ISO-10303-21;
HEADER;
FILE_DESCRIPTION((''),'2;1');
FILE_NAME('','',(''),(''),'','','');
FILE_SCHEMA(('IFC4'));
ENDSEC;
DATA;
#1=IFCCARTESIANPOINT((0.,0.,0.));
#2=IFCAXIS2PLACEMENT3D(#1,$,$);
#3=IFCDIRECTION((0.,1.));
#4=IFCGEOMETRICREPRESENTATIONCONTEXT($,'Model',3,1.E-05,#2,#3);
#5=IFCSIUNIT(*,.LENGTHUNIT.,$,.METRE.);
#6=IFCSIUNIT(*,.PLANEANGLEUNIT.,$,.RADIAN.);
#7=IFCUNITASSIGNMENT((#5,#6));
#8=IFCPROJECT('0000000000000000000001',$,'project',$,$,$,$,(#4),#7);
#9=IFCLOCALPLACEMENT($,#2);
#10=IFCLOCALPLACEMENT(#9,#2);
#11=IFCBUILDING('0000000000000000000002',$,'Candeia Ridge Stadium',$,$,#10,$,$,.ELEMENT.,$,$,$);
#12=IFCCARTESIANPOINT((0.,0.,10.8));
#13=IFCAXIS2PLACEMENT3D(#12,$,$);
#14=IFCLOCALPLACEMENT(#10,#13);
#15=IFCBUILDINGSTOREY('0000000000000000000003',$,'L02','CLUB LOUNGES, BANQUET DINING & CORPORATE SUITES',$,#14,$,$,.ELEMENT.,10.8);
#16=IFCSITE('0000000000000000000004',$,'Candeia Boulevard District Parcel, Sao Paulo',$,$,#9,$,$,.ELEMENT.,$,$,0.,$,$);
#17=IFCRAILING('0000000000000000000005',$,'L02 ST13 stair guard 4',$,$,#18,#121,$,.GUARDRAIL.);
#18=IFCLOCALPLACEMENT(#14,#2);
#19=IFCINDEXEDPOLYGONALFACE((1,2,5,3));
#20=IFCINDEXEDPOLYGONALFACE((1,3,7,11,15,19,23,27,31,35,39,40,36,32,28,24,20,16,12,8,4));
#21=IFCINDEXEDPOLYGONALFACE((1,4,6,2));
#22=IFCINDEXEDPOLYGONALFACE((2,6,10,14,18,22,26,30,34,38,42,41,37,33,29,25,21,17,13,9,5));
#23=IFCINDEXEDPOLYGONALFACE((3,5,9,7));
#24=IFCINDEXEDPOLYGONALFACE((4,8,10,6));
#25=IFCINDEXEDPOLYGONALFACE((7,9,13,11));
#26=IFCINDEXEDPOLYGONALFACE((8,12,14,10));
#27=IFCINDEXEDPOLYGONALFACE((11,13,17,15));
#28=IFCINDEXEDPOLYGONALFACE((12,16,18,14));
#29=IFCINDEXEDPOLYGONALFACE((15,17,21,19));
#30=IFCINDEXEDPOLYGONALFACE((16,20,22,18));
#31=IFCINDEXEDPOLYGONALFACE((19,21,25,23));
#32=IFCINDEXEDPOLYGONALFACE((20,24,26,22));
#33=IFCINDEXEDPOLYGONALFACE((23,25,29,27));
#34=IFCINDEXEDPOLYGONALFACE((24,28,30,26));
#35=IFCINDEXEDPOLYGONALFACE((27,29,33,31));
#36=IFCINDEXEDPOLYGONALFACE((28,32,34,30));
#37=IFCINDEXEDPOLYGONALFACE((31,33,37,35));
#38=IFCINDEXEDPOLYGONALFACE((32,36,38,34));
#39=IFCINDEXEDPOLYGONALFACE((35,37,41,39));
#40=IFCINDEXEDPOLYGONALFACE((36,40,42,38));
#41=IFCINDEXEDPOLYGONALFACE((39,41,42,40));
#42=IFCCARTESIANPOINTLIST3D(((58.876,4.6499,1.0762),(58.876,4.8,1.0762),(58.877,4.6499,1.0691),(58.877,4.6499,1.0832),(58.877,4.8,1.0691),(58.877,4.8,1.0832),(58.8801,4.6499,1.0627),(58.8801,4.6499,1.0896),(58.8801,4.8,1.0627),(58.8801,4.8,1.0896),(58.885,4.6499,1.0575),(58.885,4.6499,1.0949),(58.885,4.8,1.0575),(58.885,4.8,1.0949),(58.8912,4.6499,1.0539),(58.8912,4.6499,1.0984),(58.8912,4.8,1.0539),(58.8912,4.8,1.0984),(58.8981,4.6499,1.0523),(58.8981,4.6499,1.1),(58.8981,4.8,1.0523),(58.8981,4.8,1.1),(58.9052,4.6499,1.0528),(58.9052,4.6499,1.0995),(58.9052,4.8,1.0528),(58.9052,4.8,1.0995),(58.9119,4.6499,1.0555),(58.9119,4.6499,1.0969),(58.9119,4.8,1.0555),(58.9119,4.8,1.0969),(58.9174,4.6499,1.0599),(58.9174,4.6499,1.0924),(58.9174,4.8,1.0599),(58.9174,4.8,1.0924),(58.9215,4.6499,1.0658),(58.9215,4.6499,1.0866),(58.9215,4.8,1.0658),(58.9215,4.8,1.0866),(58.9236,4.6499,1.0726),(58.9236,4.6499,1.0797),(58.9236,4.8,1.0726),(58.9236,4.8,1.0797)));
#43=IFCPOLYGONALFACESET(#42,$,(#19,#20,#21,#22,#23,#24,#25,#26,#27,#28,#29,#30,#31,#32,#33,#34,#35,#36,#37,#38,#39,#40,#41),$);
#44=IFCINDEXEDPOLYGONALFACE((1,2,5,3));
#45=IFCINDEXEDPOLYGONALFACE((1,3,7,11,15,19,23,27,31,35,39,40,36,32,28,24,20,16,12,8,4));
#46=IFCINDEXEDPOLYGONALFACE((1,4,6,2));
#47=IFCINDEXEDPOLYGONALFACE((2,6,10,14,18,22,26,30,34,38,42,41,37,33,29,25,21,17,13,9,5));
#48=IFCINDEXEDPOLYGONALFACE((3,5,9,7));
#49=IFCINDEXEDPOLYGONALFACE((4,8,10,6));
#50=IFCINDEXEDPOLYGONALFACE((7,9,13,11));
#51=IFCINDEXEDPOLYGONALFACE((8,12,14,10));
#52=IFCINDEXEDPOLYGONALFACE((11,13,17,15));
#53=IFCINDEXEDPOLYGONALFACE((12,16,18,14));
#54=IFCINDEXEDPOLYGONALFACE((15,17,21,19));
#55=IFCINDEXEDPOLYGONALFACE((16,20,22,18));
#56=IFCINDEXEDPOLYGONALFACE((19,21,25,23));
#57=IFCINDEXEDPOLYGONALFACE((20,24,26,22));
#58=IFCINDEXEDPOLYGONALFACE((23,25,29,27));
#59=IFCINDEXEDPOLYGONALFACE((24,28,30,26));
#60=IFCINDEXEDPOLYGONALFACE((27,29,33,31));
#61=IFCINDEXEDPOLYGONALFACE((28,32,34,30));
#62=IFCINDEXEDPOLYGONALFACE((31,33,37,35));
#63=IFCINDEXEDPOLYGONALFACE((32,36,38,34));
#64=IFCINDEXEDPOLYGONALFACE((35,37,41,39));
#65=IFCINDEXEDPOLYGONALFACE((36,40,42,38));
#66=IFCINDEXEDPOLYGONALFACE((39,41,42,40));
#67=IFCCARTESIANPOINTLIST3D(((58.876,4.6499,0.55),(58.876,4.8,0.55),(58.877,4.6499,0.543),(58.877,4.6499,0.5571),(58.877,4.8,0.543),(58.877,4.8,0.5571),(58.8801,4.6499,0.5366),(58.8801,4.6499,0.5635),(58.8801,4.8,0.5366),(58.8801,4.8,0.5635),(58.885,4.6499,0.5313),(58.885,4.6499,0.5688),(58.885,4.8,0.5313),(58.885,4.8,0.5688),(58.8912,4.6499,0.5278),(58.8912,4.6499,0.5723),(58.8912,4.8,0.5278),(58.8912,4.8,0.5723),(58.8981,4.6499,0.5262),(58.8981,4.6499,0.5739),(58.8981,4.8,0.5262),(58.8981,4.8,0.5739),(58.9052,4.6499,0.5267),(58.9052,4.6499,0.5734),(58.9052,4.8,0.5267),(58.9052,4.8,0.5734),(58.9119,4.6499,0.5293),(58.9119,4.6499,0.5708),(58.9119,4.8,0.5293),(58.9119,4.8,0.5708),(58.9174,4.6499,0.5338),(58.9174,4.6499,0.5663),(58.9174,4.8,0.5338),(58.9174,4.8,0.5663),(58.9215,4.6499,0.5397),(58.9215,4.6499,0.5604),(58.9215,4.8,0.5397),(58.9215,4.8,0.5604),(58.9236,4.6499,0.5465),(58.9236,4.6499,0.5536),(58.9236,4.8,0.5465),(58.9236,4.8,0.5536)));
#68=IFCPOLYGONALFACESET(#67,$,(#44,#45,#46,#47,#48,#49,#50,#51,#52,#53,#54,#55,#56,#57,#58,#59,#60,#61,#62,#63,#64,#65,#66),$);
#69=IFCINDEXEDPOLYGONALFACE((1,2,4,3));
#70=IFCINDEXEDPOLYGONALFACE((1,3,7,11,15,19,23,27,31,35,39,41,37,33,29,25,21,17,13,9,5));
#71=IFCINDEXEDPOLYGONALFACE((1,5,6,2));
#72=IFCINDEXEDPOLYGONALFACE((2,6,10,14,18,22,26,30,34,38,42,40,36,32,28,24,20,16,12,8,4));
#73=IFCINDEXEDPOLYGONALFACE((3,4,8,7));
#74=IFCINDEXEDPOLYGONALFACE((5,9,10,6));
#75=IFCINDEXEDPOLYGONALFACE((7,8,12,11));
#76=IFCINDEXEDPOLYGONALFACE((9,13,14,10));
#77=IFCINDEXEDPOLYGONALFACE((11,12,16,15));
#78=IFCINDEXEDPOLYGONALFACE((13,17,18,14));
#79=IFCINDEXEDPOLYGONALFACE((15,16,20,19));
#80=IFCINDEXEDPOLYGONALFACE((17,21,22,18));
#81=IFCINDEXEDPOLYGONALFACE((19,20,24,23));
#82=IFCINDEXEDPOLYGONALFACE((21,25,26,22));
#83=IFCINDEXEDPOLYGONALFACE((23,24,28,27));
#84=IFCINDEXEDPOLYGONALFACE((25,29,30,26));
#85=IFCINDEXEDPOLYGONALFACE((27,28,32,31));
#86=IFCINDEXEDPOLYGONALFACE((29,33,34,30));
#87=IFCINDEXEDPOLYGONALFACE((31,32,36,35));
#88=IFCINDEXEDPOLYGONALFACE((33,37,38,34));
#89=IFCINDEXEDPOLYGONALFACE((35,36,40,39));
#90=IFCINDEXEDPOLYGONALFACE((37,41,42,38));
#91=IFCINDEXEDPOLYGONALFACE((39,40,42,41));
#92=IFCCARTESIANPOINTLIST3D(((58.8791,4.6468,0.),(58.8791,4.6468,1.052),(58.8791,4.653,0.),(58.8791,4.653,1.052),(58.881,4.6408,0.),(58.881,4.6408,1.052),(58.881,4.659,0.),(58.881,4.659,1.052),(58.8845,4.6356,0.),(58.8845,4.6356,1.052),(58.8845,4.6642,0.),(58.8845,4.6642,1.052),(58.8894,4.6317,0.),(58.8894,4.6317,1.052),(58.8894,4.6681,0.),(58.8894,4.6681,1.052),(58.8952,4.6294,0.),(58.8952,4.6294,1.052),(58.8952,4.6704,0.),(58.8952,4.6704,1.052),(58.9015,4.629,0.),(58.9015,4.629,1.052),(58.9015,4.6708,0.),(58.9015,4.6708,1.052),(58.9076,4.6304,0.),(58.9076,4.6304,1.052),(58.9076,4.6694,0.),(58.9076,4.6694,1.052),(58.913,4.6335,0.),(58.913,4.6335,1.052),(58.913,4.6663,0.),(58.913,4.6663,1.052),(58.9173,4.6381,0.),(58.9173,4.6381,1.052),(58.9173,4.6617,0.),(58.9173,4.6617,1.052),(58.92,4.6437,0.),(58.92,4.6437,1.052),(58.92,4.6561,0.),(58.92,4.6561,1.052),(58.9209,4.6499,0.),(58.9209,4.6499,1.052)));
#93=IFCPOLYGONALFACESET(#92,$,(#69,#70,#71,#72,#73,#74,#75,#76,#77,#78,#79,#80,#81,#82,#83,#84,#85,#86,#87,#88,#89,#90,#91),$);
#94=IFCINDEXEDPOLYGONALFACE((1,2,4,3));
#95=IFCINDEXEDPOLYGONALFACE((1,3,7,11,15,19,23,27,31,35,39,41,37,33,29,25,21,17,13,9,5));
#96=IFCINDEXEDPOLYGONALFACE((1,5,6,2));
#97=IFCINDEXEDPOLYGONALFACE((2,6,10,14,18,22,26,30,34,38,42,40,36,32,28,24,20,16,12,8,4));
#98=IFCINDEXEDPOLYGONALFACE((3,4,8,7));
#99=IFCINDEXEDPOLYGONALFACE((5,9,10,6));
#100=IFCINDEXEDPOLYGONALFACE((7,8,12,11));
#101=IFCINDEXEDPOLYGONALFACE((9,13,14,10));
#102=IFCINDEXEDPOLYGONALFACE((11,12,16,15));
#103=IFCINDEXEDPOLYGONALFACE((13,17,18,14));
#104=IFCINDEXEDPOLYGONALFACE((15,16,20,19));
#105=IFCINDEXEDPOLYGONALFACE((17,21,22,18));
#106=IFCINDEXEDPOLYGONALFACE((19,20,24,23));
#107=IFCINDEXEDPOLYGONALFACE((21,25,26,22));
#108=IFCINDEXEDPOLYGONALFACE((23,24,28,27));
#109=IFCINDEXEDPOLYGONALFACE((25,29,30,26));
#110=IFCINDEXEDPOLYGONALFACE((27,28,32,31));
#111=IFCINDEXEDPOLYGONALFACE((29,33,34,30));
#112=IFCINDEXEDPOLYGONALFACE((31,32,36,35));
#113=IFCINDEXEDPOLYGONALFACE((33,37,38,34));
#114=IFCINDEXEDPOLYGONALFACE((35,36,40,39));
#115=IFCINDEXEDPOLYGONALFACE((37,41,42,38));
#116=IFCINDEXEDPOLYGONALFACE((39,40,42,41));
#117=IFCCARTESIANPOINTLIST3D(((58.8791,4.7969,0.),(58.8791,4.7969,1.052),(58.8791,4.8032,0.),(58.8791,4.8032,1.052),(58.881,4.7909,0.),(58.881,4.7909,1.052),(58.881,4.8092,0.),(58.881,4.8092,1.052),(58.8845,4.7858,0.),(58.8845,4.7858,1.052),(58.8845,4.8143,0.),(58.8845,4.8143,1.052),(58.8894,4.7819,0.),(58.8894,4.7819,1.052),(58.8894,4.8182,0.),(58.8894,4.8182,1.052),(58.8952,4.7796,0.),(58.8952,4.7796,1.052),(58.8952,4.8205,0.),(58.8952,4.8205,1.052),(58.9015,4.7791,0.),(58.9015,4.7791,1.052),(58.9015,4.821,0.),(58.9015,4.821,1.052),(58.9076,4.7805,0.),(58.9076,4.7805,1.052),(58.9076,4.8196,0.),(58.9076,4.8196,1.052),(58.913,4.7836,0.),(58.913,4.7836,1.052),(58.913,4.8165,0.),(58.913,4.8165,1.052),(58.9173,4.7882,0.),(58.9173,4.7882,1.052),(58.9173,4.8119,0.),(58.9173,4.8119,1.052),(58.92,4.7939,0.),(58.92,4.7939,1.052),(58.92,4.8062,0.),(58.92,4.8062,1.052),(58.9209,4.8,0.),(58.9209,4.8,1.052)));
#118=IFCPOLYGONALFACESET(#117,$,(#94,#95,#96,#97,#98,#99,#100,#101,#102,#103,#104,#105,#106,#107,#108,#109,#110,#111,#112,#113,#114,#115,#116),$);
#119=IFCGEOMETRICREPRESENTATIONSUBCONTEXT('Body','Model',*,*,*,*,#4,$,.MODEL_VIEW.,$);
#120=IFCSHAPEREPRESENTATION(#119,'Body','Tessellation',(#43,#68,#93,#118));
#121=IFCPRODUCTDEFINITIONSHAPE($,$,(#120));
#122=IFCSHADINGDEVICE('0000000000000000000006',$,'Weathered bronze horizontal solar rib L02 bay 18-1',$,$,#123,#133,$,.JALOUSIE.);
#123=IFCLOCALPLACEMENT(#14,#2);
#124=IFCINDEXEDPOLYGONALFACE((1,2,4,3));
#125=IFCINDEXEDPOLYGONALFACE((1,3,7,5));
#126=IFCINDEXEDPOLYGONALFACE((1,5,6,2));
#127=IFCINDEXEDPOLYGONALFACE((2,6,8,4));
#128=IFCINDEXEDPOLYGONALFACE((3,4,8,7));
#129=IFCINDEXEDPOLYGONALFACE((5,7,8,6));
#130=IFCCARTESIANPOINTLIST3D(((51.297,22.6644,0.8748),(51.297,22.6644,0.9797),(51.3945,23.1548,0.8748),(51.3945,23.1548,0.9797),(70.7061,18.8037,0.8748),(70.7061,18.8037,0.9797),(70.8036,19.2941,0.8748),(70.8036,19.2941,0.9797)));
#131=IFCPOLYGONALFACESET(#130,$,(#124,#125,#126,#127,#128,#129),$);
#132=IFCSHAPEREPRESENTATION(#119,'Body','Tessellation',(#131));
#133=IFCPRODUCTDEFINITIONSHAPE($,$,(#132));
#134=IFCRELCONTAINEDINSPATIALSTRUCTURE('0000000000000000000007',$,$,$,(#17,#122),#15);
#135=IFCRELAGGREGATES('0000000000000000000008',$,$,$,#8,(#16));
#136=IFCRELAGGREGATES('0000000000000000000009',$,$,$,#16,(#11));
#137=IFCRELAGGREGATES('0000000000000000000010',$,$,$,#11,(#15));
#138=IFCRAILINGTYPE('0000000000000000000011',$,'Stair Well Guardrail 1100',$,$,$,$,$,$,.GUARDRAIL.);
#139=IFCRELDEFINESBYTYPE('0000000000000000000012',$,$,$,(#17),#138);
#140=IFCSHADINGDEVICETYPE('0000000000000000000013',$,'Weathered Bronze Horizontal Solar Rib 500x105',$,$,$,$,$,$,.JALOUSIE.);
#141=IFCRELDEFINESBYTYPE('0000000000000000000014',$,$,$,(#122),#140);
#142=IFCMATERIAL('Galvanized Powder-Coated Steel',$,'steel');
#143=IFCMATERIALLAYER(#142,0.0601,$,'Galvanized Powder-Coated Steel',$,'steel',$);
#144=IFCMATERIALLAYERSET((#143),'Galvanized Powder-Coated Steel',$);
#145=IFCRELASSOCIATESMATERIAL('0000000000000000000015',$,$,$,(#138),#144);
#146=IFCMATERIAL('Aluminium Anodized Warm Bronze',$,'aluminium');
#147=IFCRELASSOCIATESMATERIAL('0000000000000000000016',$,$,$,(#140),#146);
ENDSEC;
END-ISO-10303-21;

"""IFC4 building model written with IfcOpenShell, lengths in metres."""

from ifc_helpers import new_model, si_unit, direction, frame, origin, origin_2d, place, context, subcontext, project, spatial, rectangle, circle, extrude, material, layer, layer_set, type_object, element, save


model = new_model("IFC4")

# Units and contexts
model_context = context("Model", 3, precision=1e-05, world=origin(), true_north=direction((0.0, 1.0)))
body_context = subcontext(model_context, "Body", "Model", "MODEL_VIEW")
ifc_project = project(units=[si_unit("LENGTHUNIT", "METRE"), si_unit("PLANEANGLEUNIT", "RADIAN")], contexts=[model_context])

# Site, building, storey
site_placement = place(None, origin())
site = spatial("IfcSite", under=ifc_project, at=site_placement, Name="Candeia Boulevard District Parcel, Sao Paulo", CompositionType="ELEMENT", RefElevation=0.0)
building_placement = place(site_placement, origin())
building = spatial("IfcBuilding", under=site, at=building_placement, Name="Candeia Ridge Stadium", CompositionType="ELEMENT")
storey_placement = place(building_placement, frame((0.0, 0.0, 10.8)))
storey = spatial("IfcBuildingStorey", under=building, at=storey_placement, Name="L02", Description="CLUB LOUNGES, BANQUET DINING & CORPORATE SUITES", CompositionType="ELEMENT", Elevation=10.8)

# Railing
ifc_material_1 = material(Name="Galvanized Powder-Coated Steel", Category="steel")
ifc_layer_1 = layer(ifc_material_1, 0.0601, Name="Galvanized Powder-Coated Steel", Category="steel")
ifc_layer_set_1 = layer_set([ifc_layer_1], Name="Galvanized Powder-Coated Steel")
railing_type_1 = type_object("IfcRailingType", Name="Stair Well Guardrail 1100", PredefinedType="GUARDRAIL", material=ifc_layer_set_1)
railing_1_placement = place(storey_placement, frame((58.8999, 4.6499, 0.0)))
element("IfcRailing", 1, at=railing_1_placement, inside=storey, type_object=railing_type_1, Name="L02 ST13 stair guard 4", PredefinedType="GUARDRAIL", context=body_context, shape_type="SweptSolid", body=[
    extrude(circle(Radius=0.0239, at=origin_2d()), frame((0.0, 0.0, 1.0762), z_axis=(0.0, 1.0, 0.0), x_axis=(-1.0, 0.0, 0.0)), (0.0, 0.0, 1.0), 0.1501),
    extrude(circle(Radius=0.0239, at=origin_2d()), frame((0.0, 0.0, 0.55), z_axis=(0.0, 1.0, 0.0), x_axis=(-1.0, 0.0, 0.0)), (0.0, 0.0, 1.0), 0.1501),
    extrude(circle(Radius=0.021, at=origin_2d()), origin(), (0.0, 0.0, 1.0), 1.052),
    extrude(circle(Radius=0.021, at=origin_2d()), frame((0.0, 0.1501, 0.0)), (0.0, 0.0, 1.0), 1.052),
])

# Shading device
ifc_material_2 = material(Name="Aluminium Anodized Warm Bronze", Category="aluminium")
shading_device_type = type_object("IfcShadingDeviceType", Name="Weathered Bronze Horizontal Solar Rib 500x105", PredefinedType="JALOUSIE", material=ifc_material_2)
shading_device_placement = place(storey_placement, frame((61.0503, 20.9792, 0.8748), z_axis=(0.0, 0.0, 1.0), x_axis=(0.980785, -0.19509, 0.0)))
element("IfcShadingDevice", 2, at=shading_device_placement, inside=storey, type_object=shading_device_type, Name="Weathered bronze horizontal solar rib L02 bay 18-1", PredefinedType="JALOUSIE", context=body_context, shape_type="SweptSolid", body=[
    extrude(rectangle(XDim=19.7893, YDim=0.5, at=origin_2d()), origin(), (0.0, 0.0, 1.0), 0.105),
])

save(model, "model.ifc")
